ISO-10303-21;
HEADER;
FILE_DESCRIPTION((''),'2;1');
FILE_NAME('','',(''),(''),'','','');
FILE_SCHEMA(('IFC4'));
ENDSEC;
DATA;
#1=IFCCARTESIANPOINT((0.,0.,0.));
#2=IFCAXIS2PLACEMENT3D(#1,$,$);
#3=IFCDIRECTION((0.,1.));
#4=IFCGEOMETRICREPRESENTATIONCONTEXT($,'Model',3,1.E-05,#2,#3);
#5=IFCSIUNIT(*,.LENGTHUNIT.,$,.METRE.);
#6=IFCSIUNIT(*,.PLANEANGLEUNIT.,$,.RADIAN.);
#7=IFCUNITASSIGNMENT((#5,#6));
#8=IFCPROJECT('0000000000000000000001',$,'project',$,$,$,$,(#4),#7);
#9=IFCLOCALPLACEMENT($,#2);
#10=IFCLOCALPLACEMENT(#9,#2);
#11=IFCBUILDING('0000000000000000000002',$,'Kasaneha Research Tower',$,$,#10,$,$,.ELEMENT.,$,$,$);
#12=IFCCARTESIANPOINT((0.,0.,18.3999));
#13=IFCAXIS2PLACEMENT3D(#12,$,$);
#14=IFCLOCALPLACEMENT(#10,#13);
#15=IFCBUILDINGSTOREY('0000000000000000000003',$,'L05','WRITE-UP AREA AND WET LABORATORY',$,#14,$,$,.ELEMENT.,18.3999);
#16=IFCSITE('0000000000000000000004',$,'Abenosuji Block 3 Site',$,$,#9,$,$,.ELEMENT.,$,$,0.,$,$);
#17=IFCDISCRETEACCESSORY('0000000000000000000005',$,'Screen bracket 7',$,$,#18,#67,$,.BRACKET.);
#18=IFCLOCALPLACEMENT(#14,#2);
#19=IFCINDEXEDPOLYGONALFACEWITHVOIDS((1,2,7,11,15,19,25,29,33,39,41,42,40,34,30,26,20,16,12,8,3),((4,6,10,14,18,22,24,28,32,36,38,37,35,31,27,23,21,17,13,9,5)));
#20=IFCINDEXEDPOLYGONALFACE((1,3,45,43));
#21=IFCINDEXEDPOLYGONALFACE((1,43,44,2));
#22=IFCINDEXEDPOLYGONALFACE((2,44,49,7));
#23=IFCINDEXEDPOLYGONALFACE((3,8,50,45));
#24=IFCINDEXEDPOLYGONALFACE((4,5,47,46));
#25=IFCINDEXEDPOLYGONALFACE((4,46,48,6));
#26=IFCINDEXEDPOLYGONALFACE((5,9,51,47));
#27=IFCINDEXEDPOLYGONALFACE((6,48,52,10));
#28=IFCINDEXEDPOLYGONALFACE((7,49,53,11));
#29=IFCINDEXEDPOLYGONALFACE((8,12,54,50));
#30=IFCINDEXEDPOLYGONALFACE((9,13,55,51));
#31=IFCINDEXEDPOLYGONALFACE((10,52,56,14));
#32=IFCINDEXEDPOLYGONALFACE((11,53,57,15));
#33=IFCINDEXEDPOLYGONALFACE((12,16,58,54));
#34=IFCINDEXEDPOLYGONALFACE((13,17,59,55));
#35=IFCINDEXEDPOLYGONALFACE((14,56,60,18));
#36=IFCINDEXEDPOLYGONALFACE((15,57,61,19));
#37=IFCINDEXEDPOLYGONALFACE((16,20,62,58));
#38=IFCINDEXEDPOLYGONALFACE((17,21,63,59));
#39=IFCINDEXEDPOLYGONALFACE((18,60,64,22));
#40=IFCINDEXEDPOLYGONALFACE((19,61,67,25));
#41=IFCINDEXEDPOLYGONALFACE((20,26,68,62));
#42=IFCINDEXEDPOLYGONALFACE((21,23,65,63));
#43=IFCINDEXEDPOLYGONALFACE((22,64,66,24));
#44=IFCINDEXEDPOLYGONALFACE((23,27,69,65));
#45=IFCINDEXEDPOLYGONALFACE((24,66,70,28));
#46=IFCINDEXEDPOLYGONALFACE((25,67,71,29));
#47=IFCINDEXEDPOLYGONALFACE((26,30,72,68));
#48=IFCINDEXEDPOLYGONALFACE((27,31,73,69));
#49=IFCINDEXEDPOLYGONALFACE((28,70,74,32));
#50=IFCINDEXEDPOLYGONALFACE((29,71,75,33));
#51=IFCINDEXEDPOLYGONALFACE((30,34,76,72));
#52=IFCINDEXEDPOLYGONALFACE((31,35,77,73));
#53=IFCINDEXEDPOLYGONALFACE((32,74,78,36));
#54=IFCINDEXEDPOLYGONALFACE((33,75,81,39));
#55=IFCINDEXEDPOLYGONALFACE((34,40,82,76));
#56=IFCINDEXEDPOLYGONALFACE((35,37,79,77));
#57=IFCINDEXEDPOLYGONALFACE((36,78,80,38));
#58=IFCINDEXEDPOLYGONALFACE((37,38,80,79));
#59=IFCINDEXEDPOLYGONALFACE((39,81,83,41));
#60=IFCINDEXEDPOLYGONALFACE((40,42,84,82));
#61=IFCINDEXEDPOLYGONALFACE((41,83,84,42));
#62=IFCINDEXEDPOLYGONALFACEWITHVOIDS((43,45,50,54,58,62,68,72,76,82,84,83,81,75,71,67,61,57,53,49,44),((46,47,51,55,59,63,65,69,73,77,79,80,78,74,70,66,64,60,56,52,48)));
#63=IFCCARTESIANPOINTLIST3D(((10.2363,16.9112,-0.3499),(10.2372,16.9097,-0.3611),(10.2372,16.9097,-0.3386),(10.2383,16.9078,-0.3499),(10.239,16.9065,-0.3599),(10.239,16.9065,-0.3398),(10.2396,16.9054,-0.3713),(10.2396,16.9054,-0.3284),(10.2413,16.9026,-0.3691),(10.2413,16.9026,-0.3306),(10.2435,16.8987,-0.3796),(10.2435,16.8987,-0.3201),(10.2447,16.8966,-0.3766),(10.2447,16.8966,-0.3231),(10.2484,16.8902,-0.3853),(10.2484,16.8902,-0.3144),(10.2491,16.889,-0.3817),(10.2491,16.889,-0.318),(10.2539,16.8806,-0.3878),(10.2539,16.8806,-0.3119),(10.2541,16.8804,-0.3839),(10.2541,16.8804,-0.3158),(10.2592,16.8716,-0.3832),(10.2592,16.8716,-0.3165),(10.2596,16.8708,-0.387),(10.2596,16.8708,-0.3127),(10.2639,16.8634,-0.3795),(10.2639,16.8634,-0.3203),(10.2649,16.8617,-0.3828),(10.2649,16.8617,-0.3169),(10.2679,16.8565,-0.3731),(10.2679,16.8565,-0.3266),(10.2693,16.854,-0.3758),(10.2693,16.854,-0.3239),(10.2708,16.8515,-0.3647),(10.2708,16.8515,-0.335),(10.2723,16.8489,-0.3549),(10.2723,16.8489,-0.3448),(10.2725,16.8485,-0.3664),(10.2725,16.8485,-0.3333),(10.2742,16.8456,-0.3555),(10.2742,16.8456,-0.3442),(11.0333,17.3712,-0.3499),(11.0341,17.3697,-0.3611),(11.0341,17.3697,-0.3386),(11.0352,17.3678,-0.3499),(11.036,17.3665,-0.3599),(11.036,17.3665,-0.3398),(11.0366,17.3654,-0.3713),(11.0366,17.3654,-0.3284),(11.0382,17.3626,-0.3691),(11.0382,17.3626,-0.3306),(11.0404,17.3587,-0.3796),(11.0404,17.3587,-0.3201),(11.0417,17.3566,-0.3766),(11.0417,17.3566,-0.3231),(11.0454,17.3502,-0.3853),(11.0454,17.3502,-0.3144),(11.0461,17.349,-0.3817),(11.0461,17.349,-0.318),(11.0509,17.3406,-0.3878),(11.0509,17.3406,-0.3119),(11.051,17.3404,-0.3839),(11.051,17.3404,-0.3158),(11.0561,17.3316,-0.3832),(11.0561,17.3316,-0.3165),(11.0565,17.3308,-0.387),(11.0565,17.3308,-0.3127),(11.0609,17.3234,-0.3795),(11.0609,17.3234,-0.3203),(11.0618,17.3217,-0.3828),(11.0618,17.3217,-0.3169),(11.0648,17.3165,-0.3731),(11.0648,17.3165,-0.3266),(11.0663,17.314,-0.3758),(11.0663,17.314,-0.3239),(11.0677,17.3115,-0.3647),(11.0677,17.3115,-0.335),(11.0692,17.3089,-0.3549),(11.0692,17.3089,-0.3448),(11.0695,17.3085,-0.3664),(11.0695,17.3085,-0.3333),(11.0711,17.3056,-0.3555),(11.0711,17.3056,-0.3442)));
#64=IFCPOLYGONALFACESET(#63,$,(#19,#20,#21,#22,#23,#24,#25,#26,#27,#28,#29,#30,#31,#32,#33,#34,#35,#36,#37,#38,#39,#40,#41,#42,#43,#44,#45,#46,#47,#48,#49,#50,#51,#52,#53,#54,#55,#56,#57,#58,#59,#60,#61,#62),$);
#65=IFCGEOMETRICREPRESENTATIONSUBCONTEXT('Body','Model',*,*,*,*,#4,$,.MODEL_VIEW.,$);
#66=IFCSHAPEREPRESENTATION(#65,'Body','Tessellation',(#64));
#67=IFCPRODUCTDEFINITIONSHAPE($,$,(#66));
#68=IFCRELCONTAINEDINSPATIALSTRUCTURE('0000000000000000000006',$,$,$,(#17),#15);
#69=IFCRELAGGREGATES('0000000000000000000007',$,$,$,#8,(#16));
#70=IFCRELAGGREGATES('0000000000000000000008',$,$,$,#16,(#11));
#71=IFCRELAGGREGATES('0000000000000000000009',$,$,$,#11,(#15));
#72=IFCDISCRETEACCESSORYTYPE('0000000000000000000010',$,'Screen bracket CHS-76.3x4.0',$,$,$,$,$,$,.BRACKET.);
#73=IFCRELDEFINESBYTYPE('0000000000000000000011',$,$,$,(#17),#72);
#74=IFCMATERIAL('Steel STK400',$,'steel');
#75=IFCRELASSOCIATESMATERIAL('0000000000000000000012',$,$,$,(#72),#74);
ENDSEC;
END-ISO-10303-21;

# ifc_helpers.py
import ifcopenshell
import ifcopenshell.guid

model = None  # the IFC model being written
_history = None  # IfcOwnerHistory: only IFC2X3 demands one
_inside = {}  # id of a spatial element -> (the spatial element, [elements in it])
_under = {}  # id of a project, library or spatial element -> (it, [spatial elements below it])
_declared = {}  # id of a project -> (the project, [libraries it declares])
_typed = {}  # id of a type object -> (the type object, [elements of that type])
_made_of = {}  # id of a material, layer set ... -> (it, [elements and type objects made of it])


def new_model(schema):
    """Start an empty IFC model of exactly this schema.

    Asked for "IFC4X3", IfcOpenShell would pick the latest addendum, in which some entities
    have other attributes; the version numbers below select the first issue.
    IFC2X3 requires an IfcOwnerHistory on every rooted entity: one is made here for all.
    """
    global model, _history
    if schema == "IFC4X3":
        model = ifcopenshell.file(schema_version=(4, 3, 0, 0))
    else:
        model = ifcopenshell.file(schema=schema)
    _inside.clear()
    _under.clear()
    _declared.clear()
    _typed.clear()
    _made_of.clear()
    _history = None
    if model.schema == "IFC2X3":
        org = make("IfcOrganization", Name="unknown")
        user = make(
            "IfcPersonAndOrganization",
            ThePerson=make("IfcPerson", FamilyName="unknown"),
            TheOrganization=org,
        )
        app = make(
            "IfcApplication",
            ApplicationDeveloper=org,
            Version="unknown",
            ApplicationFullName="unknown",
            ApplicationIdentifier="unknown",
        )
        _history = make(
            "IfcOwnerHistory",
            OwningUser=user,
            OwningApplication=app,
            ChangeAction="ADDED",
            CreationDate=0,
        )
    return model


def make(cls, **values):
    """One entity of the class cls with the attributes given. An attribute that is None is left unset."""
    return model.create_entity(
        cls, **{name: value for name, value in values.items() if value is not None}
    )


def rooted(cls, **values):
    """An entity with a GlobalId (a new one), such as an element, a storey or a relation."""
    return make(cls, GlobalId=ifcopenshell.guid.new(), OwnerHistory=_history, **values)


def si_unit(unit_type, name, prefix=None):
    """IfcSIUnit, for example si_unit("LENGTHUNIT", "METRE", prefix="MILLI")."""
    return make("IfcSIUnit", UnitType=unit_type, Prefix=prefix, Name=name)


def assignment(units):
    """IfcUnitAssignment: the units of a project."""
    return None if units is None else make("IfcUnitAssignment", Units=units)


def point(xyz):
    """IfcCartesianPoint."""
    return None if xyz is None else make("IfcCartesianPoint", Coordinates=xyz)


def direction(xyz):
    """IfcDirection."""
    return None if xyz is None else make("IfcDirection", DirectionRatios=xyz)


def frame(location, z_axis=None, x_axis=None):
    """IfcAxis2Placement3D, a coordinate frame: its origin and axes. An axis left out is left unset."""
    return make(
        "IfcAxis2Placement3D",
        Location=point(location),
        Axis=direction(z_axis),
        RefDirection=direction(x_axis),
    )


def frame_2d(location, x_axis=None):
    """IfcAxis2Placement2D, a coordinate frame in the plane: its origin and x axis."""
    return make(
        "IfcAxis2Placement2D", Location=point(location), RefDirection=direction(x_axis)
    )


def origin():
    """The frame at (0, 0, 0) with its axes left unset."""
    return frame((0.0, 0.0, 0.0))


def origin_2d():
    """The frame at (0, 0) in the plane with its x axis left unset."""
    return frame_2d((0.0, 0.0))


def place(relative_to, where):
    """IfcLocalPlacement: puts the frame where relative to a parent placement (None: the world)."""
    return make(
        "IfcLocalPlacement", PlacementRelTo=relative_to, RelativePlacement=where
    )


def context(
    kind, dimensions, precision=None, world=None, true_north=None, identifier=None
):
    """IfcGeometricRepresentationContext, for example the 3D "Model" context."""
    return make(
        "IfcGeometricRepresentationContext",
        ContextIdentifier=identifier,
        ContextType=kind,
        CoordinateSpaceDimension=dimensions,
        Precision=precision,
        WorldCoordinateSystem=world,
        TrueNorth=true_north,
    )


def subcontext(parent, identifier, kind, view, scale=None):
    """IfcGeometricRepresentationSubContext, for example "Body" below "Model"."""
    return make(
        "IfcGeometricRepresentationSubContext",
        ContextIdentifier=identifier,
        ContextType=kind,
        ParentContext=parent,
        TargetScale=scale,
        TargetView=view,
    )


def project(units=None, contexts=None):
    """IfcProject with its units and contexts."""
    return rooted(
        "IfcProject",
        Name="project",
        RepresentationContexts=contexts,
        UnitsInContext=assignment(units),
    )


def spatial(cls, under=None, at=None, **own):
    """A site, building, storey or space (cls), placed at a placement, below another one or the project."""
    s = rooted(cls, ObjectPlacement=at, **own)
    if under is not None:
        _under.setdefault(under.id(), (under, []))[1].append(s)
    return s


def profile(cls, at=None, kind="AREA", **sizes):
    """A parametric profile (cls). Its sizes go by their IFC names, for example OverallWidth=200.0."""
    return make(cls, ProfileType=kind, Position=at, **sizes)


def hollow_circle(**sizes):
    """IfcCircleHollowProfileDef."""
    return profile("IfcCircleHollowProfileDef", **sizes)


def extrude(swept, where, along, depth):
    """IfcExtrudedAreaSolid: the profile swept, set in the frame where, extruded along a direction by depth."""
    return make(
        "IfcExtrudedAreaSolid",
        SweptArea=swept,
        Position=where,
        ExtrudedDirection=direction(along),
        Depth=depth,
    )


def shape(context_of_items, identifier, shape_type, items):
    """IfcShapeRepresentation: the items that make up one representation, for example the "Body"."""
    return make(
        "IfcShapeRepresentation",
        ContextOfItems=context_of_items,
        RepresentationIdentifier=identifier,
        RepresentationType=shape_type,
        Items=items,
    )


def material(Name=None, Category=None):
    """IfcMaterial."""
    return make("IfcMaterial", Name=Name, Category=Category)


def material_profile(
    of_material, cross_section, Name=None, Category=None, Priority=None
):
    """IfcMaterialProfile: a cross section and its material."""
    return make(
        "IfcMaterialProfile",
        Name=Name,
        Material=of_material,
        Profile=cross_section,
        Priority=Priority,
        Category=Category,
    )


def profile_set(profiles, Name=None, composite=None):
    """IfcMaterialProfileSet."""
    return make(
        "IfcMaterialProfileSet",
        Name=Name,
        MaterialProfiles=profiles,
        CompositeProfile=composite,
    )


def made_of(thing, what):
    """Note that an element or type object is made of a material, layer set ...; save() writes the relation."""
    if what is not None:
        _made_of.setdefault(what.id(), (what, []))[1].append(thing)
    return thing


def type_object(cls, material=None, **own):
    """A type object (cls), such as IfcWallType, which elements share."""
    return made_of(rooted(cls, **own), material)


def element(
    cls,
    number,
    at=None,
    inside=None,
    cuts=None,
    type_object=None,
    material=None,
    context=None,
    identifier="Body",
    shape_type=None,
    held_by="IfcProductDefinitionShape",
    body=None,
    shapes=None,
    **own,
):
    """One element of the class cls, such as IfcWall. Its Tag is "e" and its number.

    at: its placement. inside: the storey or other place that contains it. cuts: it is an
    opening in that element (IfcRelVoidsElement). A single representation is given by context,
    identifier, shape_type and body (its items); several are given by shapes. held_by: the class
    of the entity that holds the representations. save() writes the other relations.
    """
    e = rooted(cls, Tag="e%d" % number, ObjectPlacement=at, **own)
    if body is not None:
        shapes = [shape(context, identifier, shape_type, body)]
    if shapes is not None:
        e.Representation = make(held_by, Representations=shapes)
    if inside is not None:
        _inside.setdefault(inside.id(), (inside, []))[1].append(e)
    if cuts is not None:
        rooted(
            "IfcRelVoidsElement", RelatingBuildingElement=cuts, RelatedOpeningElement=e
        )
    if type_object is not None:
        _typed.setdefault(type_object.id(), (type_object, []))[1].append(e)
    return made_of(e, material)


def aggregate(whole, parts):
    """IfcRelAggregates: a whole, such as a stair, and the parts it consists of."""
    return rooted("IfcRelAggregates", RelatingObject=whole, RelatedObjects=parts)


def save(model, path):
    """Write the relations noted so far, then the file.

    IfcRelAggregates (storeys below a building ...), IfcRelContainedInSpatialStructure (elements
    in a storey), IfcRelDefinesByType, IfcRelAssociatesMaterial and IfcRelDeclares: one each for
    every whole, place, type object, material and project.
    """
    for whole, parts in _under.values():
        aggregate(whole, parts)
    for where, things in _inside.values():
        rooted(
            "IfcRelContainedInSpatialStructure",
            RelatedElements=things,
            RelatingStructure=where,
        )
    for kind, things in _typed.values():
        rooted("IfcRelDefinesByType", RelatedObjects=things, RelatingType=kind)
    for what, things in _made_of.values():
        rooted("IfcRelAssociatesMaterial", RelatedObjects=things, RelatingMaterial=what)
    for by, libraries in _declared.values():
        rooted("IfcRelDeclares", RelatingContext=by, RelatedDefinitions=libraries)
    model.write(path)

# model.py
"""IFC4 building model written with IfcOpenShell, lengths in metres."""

from ifc_helpers import new_model, si_unit, direction, frame, origin, origin_2d, place, context, subcontext, project, spatial, hollow_circle, extrude, material, material_profile, profile_set, type_object, element, save


model = new_model("IFC4")

# Units and contexts
model_context = context("Model", 3, precision=1e-05, world=origin(), true_north=direction((0.0, 1.0)))
body_context = subcontext(model_context, "Body", "Model", "MODEL_VIEW")
ifc_project = project(units=[si_unit("LENGTHUNIT", "METRE"), si_unit("PLANEANGLEUNIT", "RADIAN")], contexts=[model_context])

# Site, building, storey
site_placement = place(None, origin())
site = spatial("IfcSite", under=ifc_project, at=site_placement, Name="Abenosuji Block 3 Site", CompositionType="ELEMENT", RefElevation=0.0)
building_placement = place(site_placement, origin())
building = spatial("IfcBuilding", under=site, at=building_placement, Name="Kasaneha Research Tower", CompositionType="ELEMENT")
storey_placement = place(building_placement, frame((0.0, 0.0, 18.3999)))
storey = spatial("IfcBuildingStorey", under=building, at=storey_placement, Name="L05", Description="WRITE-UP AREA AND WET LABORATORY", CompositionType="ELEMENT", Elevation=18.3999)

# Discrete accessory
ifc_material_1 = material(Name="Steel STK400", Category="steel")
ifc_material_profile_1 = material_profile(ifc_material_1, hollow_circle(Radius=0.0381, WallThickness=0.0039, at=origin_2d()), Name="CHS-76.3x4.0")
ifc_profile_set_1 = profile_set([ifc_material_profile_1], Name="Steel STK400")
discrete_accessory_type = type_object("IfcDiscreteAccessoryType", Name="Screen bracket CHS-76.3x4.0", PredefinedType="BRACKET", material=ifc_profile_set_1)
discrete_accessory_placement = place(storey_placement, frame((10.2554, 16.8782, -0.3499), z_axis=(0.86608, 0.499906, 0.0), x_axis=(-0.499906, 0.86608, 0.0)))
element("IfcDiscreteAccessory", 1, at=discrete_accessory_placement, inside=storey, type_object=discrete_accessory_type, Name="Screen bracket 7", PredefinedType="BRACKET", context=body_context, shape_type="SweptSolid", body=[
    extrude(hollow_circle(Radius=0.0381, WallThickness=0.0039, at=origin_2d()), origin(), (0.0, 0.0, 1.0), 0.9202),
])

save(model, "model.ifc")
